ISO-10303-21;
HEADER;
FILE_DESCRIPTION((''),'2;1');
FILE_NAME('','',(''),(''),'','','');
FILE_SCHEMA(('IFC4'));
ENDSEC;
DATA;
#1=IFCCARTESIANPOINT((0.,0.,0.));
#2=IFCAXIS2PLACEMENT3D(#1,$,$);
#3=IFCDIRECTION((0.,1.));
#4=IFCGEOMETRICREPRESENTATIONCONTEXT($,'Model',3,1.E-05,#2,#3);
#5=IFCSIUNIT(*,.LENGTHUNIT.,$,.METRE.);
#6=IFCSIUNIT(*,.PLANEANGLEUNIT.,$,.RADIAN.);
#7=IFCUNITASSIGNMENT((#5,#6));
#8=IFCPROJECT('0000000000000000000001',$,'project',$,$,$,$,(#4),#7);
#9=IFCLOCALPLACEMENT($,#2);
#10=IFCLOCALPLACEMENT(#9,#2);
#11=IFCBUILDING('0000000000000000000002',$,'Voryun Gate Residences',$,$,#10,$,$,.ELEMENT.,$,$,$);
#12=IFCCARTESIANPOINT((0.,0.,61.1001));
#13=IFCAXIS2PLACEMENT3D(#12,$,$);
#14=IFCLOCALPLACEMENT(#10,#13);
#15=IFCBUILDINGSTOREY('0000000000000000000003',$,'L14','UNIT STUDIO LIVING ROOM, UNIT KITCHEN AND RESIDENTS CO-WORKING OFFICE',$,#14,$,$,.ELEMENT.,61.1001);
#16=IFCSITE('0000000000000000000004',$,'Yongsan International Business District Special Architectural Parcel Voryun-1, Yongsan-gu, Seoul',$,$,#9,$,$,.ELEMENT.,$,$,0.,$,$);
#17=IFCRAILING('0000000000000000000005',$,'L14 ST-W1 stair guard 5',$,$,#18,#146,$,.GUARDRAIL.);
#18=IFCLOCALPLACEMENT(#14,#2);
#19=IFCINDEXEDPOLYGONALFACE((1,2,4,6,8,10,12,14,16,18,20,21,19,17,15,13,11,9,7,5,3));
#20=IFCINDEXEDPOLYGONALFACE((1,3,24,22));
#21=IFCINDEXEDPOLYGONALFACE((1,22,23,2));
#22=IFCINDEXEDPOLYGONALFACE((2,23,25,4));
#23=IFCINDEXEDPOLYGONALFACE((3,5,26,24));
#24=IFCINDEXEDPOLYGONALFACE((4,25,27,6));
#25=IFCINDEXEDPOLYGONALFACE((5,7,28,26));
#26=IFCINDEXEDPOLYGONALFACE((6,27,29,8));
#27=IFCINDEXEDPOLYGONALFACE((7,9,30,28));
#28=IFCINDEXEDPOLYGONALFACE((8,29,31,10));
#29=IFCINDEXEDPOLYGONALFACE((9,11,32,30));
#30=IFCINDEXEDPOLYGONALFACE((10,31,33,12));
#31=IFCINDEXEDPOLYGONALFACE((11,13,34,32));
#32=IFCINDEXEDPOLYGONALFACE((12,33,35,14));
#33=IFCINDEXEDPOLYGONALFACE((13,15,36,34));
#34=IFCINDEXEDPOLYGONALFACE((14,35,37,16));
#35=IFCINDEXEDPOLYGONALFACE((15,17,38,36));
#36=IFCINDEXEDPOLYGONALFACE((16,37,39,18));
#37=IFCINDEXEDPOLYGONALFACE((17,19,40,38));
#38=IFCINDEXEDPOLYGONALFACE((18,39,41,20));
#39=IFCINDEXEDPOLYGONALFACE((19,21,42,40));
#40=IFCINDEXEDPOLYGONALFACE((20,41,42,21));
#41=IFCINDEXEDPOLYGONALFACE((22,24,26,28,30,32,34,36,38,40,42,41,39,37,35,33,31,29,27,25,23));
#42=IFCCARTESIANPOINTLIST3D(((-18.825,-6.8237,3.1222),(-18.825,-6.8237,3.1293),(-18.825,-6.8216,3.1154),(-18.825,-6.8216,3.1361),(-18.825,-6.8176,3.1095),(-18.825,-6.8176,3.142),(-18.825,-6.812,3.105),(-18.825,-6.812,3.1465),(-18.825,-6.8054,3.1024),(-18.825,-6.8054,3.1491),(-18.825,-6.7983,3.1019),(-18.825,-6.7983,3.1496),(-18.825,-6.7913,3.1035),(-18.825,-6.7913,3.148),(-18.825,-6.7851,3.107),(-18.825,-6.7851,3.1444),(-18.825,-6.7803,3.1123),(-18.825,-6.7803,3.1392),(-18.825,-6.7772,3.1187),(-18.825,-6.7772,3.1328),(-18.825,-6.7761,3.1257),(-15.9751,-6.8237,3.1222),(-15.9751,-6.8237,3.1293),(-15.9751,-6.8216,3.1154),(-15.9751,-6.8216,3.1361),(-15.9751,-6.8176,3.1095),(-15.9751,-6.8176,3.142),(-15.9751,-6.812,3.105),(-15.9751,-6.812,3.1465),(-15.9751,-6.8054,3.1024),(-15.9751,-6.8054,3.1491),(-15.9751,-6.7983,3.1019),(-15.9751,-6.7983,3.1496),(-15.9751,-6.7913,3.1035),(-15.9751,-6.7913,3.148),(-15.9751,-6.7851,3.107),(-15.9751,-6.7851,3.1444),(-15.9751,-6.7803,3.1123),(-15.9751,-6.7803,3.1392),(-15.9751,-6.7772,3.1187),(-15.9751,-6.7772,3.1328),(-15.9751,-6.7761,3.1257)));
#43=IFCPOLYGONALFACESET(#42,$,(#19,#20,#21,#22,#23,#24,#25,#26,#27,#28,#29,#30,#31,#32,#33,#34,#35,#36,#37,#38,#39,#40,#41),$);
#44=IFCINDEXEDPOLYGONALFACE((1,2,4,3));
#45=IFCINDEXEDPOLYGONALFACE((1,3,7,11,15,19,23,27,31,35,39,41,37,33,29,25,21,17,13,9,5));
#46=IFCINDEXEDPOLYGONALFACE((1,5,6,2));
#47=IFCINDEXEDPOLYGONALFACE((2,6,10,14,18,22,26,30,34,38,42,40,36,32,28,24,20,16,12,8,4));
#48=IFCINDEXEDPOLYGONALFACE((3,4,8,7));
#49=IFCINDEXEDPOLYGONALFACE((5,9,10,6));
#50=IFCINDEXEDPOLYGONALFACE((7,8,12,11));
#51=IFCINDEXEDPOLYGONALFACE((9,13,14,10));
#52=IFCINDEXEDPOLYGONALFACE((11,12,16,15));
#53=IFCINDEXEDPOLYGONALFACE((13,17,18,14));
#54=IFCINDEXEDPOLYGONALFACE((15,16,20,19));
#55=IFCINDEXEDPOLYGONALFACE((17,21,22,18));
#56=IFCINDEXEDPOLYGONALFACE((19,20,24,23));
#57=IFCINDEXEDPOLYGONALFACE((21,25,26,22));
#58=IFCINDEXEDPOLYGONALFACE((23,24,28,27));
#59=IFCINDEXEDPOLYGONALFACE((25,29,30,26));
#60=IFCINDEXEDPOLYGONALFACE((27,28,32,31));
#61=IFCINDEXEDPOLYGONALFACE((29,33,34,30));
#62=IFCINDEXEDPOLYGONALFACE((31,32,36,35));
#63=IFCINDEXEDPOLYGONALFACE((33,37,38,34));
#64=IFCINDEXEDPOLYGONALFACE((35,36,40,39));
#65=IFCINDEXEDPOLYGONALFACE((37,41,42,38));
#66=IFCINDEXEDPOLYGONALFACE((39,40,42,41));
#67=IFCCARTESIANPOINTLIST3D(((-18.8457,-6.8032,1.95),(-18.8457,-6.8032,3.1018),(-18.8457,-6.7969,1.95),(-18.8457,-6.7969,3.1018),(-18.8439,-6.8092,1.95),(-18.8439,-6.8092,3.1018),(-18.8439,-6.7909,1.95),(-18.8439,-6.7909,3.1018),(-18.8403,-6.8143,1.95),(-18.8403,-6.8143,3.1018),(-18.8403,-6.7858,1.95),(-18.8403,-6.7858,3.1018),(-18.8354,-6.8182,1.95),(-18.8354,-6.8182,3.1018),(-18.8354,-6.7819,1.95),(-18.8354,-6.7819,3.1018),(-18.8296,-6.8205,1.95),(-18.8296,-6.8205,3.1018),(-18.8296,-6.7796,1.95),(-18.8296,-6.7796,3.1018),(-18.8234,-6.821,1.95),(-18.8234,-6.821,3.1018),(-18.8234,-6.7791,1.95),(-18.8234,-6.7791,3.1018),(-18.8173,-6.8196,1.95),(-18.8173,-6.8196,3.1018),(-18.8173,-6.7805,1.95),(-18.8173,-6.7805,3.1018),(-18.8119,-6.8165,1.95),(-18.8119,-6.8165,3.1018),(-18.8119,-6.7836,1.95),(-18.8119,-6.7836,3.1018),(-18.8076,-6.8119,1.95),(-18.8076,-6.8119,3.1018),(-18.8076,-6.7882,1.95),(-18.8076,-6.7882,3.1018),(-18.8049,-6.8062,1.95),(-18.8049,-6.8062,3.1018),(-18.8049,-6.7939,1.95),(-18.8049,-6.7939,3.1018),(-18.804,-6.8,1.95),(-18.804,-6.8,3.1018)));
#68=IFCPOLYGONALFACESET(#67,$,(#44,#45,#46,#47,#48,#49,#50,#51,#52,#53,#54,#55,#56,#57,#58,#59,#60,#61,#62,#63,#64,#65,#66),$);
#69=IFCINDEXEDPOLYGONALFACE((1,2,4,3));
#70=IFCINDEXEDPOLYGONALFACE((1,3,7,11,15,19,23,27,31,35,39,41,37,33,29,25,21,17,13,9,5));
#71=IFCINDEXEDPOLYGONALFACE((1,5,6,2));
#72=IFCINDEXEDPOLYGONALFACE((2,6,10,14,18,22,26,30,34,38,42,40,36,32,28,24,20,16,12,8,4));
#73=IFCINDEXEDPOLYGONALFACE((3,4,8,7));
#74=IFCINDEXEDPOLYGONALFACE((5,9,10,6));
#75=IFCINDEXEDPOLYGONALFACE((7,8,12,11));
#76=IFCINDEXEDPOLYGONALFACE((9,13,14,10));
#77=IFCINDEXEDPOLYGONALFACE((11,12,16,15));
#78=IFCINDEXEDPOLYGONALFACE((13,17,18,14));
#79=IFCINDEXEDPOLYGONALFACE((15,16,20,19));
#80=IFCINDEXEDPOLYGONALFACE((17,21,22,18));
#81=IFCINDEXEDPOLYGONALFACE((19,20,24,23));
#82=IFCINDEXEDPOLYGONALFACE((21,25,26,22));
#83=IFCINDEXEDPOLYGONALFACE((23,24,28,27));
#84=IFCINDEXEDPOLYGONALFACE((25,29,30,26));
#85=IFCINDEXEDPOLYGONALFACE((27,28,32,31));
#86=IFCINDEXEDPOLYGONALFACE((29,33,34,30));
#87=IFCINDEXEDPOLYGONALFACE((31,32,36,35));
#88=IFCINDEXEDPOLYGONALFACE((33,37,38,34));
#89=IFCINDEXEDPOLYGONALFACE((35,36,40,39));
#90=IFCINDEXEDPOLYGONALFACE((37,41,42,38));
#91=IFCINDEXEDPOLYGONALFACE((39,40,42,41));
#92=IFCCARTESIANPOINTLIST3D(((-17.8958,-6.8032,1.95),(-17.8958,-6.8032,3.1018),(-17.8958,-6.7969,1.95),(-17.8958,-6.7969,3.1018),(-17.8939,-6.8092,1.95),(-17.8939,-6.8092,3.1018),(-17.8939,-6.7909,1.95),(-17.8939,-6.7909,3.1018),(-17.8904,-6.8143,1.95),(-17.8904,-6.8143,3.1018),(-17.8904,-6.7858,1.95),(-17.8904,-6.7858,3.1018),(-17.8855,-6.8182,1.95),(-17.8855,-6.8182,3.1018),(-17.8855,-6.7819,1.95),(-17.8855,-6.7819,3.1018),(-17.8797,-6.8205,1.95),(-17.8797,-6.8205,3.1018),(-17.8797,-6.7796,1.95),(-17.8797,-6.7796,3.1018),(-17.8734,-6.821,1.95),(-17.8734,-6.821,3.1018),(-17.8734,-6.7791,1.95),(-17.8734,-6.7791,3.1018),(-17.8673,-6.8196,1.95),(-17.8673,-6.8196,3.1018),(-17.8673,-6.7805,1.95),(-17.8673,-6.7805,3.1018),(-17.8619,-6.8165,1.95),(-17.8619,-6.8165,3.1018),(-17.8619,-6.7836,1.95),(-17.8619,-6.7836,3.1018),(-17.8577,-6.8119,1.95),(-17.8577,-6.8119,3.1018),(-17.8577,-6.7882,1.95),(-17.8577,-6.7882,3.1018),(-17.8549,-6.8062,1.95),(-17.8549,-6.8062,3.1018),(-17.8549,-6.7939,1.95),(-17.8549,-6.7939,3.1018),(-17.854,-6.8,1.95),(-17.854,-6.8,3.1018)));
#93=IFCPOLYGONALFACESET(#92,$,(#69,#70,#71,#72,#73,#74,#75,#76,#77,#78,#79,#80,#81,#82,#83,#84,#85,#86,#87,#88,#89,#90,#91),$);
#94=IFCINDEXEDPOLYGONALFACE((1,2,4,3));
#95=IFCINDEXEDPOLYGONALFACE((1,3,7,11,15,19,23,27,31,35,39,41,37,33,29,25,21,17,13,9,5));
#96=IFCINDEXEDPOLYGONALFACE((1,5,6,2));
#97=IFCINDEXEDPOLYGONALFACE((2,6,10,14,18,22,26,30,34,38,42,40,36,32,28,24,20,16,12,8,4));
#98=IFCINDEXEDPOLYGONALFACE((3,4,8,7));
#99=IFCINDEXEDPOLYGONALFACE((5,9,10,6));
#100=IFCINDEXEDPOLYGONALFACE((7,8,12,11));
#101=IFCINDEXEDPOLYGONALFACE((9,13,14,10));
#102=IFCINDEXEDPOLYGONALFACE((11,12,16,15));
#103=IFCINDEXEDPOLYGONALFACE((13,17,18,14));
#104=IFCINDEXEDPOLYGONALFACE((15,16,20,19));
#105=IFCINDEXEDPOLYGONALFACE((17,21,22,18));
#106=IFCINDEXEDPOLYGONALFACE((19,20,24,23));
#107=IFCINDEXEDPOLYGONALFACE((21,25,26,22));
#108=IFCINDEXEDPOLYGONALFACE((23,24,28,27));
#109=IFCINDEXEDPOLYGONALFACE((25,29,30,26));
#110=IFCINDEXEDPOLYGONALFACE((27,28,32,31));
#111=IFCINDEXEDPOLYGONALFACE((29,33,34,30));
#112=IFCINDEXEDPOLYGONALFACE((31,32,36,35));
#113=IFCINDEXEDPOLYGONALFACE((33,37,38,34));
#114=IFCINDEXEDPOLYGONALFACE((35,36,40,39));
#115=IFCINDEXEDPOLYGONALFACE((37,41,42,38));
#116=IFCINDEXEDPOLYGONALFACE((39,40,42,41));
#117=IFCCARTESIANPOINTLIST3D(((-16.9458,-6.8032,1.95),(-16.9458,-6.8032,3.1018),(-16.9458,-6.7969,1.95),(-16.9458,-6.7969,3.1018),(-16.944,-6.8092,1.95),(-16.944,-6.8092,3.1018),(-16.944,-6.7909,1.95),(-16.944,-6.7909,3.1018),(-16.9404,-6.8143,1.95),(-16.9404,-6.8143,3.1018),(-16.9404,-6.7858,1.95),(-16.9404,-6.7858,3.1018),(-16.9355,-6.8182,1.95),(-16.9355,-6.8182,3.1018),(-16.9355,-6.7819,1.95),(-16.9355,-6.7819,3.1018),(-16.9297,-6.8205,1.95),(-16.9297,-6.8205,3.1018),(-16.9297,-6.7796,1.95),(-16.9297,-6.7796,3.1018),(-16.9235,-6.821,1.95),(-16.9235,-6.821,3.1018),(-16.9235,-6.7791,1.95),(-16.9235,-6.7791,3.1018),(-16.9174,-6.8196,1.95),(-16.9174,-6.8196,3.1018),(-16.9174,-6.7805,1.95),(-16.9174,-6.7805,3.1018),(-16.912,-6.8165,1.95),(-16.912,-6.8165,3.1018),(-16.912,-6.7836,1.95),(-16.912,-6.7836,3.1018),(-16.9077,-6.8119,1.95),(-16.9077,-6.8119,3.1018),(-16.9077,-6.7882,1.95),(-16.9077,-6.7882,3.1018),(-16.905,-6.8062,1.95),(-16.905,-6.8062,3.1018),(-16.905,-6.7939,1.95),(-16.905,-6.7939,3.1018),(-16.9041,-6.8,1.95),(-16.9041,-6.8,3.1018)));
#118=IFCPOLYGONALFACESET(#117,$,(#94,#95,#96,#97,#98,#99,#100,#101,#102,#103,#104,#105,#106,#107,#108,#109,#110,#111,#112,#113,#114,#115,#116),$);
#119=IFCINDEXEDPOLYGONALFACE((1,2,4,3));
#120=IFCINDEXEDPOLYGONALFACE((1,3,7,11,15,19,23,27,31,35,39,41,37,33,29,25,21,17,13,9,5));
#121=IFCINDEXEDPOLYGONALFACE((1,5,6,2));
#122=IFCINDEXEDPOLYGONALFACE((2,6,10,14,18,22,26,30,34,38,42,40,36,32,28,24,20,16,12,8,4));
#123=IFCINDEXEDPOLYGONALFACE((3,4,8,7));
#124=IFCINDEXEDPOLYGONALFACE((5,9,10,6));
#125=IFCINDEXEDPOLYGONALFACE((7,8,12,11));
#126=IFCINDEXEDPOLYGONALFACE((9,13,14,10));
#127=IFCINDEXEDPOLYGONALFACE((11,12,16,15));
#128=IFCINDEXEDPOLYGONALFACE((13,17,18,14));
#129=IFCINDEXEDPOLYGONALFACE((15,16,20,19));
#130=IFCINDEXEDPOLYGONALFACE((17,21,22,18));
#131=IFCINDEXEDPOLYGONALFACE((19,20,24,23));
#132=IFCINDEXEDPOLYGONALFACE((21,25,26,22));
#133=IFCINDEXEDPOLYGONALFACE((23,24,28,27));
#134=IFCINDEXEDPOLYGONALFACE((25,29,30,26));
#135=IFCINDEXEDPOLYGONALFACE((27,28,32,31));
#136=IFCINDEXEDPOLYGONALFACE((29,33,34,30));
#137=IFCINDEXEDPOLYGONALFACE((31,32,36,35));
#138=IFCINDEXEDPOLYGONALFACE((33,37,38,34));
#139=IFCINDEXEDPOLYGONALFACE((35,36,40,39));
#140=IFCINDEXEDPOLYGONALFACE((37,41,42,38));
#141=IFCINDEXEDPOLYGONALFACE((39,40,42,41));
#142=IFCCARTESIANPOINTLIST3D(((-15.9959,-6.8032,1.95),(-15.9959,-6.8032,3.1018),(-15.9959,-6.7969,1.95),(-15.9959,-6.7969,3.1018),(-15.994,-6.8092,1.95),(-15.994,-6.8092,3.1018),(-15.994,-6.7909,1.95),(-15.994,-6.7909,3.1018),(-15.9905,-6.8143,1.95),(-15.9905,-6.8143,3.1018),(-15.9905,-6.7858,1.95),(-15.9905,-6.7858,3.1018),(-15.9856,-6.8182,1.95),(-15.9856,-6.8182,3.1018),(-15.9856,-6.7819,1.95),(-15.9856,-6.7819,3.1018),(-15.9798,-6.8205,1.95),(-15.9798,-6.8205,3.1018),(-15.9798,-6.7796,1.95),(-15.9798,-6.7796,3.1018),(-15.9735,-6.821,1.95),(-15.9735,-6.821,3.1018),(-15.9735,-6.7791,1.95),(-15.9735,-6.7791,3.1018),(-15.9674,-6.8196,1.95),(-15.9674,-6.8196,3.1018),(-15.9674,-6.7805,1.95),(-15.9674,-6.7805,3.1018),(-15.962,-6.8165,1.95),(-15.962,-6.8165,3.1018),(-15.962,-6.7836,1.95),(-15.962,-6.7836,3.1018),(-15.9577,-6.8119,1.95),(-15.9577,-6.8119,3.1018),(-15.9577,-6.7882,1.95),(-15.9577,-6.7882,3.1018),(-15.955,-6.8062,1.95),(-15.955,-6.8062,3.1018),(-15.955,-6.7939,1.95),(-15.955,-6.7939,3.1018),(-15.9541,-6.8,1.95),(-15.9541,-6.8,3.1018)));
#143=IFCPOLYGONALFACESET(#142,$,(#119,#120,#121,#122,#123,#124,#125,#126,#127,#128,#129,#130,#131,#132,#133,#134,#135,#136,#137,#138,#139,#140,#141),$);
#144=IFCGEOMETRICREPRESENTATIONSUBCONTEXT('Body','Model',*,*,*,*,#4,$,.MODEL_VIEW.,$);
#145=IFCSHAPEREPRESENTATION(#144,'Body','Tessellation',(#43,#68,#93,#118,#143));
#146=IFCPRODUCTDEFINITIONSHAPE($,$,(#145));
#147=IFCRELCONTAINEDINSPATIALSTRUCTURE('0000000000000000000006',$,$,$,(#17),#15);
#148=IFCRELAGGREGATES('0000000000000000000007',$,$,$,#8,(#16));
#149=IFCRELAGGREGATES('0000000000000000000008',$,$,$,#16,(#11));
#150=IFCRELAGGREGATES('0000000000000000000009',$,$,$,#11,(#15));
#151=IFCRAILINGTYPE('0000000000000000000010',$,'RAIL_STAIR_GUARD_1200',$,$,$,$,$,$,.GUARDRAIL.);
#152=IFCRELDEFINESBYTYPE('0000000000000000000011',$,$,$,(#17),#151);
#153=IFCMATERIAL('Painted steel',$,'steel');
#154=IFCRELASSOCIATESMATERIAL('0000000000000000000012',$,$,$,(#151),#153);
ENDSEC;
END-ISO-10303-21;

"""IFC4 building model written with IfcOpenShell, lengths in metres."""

from ifc_helpers import new_model, si_unit, direction, frame, origin, origin_2d, place, context, subcontext, project, spatial, circle, extrude, material, type_object, element, save


model = new_model("IFC4")

# Units and contexts
model_context = context("Model", 3, precision=1e-05, world=origin(), true_north=direction((0.0, 1.0)))
body_context = subcontext(model_context, "Body", "Model", "MODEL_VIEW")
ifc_project = project(units=[si_unit("LENGTHUNIT", "METRE"), si_unit("PLANEANGLEUNIT", "RADIAN")], contexts=[model_context])

# Site, building, storey
site_placement = place(None, origin())
site = spatial("IfcSite", under=ifc_project, at=site_placement, Name="Yongsan International Business District Special Architectural Parcel Voryun-1, Yongsan-gu, Seoul", CompositionType="ELEMENT", RefElevation=0.0)
building_placement = place(site_placement, origin())
building = spatial("IfcBuilding", under=site, at=building_placement, Name="Voryun Gate Residences", CompositionType="ELEMENT")
storey_placement = place(building_placement, frame((0.0, 0.0, 61.1001)))
storey = spatial("IfcBuildingStorey", under=building, at=storey_placement, Name="L14", Description="UNIT STUDIO LIVING ROOM, UNIT KITCHEN AND RESIDENTS CO-WORKING OFFICE", CompositionType="ELEMENT", Elevation=61.1001)

# Railing
ifc_material_1 = material(Name="Painted steel", Category="steel")
railing_type = type_object("IfcRailingType", Name="RAIL_STAIR_GUARD_1200", PredefinedType="GUARDRAIL", material=ifc_material_1)
railing_1_placement = place(storey_placement, frame((-18.825, -6.8, 1.95)))
element("IfcRailing", 1, at=railing_1_placement, inside=storey, type_object=railing_type, Name="L14 ST-W1 stair guard 5", PredefinedType="GUARDRAIL", context=body_context, shape_type="SweptSolid", body=[
    extrude(circle(Radius=0.0239, at=origin_2d()), frame((0.0, 0.0, 1.1758), z_axis=(1.0, 0.0, 0.0), x_axis=(0.0, 1.0, 0.0)), (0.0, 0.0, 1.0), 2.8499),
    extrude(circle(Radius=0.021, at=origin_2d()), origin(), (0.0, 0.0, 1.0), 1.1519),
    extrude(circle(Radius=0.021, at=origin_2d()), frame((0.95, 0.0, 0.0)), (0.0, 0.0, 1.0), 1.1519),
    extrude(circle(Radius=0.021, at=origin_2d()), frame((1.8999, 0.0, 0.0)), (0.0, 0.0, 1.0), 1.1519),
    extrude(circle(Radius=0.021, at=origin_2d()), frame((2.8499, 0.0, 0.0)), (0.0, 0.0, 1.0), 1.1519),
])

save(model, "model.ifc")
